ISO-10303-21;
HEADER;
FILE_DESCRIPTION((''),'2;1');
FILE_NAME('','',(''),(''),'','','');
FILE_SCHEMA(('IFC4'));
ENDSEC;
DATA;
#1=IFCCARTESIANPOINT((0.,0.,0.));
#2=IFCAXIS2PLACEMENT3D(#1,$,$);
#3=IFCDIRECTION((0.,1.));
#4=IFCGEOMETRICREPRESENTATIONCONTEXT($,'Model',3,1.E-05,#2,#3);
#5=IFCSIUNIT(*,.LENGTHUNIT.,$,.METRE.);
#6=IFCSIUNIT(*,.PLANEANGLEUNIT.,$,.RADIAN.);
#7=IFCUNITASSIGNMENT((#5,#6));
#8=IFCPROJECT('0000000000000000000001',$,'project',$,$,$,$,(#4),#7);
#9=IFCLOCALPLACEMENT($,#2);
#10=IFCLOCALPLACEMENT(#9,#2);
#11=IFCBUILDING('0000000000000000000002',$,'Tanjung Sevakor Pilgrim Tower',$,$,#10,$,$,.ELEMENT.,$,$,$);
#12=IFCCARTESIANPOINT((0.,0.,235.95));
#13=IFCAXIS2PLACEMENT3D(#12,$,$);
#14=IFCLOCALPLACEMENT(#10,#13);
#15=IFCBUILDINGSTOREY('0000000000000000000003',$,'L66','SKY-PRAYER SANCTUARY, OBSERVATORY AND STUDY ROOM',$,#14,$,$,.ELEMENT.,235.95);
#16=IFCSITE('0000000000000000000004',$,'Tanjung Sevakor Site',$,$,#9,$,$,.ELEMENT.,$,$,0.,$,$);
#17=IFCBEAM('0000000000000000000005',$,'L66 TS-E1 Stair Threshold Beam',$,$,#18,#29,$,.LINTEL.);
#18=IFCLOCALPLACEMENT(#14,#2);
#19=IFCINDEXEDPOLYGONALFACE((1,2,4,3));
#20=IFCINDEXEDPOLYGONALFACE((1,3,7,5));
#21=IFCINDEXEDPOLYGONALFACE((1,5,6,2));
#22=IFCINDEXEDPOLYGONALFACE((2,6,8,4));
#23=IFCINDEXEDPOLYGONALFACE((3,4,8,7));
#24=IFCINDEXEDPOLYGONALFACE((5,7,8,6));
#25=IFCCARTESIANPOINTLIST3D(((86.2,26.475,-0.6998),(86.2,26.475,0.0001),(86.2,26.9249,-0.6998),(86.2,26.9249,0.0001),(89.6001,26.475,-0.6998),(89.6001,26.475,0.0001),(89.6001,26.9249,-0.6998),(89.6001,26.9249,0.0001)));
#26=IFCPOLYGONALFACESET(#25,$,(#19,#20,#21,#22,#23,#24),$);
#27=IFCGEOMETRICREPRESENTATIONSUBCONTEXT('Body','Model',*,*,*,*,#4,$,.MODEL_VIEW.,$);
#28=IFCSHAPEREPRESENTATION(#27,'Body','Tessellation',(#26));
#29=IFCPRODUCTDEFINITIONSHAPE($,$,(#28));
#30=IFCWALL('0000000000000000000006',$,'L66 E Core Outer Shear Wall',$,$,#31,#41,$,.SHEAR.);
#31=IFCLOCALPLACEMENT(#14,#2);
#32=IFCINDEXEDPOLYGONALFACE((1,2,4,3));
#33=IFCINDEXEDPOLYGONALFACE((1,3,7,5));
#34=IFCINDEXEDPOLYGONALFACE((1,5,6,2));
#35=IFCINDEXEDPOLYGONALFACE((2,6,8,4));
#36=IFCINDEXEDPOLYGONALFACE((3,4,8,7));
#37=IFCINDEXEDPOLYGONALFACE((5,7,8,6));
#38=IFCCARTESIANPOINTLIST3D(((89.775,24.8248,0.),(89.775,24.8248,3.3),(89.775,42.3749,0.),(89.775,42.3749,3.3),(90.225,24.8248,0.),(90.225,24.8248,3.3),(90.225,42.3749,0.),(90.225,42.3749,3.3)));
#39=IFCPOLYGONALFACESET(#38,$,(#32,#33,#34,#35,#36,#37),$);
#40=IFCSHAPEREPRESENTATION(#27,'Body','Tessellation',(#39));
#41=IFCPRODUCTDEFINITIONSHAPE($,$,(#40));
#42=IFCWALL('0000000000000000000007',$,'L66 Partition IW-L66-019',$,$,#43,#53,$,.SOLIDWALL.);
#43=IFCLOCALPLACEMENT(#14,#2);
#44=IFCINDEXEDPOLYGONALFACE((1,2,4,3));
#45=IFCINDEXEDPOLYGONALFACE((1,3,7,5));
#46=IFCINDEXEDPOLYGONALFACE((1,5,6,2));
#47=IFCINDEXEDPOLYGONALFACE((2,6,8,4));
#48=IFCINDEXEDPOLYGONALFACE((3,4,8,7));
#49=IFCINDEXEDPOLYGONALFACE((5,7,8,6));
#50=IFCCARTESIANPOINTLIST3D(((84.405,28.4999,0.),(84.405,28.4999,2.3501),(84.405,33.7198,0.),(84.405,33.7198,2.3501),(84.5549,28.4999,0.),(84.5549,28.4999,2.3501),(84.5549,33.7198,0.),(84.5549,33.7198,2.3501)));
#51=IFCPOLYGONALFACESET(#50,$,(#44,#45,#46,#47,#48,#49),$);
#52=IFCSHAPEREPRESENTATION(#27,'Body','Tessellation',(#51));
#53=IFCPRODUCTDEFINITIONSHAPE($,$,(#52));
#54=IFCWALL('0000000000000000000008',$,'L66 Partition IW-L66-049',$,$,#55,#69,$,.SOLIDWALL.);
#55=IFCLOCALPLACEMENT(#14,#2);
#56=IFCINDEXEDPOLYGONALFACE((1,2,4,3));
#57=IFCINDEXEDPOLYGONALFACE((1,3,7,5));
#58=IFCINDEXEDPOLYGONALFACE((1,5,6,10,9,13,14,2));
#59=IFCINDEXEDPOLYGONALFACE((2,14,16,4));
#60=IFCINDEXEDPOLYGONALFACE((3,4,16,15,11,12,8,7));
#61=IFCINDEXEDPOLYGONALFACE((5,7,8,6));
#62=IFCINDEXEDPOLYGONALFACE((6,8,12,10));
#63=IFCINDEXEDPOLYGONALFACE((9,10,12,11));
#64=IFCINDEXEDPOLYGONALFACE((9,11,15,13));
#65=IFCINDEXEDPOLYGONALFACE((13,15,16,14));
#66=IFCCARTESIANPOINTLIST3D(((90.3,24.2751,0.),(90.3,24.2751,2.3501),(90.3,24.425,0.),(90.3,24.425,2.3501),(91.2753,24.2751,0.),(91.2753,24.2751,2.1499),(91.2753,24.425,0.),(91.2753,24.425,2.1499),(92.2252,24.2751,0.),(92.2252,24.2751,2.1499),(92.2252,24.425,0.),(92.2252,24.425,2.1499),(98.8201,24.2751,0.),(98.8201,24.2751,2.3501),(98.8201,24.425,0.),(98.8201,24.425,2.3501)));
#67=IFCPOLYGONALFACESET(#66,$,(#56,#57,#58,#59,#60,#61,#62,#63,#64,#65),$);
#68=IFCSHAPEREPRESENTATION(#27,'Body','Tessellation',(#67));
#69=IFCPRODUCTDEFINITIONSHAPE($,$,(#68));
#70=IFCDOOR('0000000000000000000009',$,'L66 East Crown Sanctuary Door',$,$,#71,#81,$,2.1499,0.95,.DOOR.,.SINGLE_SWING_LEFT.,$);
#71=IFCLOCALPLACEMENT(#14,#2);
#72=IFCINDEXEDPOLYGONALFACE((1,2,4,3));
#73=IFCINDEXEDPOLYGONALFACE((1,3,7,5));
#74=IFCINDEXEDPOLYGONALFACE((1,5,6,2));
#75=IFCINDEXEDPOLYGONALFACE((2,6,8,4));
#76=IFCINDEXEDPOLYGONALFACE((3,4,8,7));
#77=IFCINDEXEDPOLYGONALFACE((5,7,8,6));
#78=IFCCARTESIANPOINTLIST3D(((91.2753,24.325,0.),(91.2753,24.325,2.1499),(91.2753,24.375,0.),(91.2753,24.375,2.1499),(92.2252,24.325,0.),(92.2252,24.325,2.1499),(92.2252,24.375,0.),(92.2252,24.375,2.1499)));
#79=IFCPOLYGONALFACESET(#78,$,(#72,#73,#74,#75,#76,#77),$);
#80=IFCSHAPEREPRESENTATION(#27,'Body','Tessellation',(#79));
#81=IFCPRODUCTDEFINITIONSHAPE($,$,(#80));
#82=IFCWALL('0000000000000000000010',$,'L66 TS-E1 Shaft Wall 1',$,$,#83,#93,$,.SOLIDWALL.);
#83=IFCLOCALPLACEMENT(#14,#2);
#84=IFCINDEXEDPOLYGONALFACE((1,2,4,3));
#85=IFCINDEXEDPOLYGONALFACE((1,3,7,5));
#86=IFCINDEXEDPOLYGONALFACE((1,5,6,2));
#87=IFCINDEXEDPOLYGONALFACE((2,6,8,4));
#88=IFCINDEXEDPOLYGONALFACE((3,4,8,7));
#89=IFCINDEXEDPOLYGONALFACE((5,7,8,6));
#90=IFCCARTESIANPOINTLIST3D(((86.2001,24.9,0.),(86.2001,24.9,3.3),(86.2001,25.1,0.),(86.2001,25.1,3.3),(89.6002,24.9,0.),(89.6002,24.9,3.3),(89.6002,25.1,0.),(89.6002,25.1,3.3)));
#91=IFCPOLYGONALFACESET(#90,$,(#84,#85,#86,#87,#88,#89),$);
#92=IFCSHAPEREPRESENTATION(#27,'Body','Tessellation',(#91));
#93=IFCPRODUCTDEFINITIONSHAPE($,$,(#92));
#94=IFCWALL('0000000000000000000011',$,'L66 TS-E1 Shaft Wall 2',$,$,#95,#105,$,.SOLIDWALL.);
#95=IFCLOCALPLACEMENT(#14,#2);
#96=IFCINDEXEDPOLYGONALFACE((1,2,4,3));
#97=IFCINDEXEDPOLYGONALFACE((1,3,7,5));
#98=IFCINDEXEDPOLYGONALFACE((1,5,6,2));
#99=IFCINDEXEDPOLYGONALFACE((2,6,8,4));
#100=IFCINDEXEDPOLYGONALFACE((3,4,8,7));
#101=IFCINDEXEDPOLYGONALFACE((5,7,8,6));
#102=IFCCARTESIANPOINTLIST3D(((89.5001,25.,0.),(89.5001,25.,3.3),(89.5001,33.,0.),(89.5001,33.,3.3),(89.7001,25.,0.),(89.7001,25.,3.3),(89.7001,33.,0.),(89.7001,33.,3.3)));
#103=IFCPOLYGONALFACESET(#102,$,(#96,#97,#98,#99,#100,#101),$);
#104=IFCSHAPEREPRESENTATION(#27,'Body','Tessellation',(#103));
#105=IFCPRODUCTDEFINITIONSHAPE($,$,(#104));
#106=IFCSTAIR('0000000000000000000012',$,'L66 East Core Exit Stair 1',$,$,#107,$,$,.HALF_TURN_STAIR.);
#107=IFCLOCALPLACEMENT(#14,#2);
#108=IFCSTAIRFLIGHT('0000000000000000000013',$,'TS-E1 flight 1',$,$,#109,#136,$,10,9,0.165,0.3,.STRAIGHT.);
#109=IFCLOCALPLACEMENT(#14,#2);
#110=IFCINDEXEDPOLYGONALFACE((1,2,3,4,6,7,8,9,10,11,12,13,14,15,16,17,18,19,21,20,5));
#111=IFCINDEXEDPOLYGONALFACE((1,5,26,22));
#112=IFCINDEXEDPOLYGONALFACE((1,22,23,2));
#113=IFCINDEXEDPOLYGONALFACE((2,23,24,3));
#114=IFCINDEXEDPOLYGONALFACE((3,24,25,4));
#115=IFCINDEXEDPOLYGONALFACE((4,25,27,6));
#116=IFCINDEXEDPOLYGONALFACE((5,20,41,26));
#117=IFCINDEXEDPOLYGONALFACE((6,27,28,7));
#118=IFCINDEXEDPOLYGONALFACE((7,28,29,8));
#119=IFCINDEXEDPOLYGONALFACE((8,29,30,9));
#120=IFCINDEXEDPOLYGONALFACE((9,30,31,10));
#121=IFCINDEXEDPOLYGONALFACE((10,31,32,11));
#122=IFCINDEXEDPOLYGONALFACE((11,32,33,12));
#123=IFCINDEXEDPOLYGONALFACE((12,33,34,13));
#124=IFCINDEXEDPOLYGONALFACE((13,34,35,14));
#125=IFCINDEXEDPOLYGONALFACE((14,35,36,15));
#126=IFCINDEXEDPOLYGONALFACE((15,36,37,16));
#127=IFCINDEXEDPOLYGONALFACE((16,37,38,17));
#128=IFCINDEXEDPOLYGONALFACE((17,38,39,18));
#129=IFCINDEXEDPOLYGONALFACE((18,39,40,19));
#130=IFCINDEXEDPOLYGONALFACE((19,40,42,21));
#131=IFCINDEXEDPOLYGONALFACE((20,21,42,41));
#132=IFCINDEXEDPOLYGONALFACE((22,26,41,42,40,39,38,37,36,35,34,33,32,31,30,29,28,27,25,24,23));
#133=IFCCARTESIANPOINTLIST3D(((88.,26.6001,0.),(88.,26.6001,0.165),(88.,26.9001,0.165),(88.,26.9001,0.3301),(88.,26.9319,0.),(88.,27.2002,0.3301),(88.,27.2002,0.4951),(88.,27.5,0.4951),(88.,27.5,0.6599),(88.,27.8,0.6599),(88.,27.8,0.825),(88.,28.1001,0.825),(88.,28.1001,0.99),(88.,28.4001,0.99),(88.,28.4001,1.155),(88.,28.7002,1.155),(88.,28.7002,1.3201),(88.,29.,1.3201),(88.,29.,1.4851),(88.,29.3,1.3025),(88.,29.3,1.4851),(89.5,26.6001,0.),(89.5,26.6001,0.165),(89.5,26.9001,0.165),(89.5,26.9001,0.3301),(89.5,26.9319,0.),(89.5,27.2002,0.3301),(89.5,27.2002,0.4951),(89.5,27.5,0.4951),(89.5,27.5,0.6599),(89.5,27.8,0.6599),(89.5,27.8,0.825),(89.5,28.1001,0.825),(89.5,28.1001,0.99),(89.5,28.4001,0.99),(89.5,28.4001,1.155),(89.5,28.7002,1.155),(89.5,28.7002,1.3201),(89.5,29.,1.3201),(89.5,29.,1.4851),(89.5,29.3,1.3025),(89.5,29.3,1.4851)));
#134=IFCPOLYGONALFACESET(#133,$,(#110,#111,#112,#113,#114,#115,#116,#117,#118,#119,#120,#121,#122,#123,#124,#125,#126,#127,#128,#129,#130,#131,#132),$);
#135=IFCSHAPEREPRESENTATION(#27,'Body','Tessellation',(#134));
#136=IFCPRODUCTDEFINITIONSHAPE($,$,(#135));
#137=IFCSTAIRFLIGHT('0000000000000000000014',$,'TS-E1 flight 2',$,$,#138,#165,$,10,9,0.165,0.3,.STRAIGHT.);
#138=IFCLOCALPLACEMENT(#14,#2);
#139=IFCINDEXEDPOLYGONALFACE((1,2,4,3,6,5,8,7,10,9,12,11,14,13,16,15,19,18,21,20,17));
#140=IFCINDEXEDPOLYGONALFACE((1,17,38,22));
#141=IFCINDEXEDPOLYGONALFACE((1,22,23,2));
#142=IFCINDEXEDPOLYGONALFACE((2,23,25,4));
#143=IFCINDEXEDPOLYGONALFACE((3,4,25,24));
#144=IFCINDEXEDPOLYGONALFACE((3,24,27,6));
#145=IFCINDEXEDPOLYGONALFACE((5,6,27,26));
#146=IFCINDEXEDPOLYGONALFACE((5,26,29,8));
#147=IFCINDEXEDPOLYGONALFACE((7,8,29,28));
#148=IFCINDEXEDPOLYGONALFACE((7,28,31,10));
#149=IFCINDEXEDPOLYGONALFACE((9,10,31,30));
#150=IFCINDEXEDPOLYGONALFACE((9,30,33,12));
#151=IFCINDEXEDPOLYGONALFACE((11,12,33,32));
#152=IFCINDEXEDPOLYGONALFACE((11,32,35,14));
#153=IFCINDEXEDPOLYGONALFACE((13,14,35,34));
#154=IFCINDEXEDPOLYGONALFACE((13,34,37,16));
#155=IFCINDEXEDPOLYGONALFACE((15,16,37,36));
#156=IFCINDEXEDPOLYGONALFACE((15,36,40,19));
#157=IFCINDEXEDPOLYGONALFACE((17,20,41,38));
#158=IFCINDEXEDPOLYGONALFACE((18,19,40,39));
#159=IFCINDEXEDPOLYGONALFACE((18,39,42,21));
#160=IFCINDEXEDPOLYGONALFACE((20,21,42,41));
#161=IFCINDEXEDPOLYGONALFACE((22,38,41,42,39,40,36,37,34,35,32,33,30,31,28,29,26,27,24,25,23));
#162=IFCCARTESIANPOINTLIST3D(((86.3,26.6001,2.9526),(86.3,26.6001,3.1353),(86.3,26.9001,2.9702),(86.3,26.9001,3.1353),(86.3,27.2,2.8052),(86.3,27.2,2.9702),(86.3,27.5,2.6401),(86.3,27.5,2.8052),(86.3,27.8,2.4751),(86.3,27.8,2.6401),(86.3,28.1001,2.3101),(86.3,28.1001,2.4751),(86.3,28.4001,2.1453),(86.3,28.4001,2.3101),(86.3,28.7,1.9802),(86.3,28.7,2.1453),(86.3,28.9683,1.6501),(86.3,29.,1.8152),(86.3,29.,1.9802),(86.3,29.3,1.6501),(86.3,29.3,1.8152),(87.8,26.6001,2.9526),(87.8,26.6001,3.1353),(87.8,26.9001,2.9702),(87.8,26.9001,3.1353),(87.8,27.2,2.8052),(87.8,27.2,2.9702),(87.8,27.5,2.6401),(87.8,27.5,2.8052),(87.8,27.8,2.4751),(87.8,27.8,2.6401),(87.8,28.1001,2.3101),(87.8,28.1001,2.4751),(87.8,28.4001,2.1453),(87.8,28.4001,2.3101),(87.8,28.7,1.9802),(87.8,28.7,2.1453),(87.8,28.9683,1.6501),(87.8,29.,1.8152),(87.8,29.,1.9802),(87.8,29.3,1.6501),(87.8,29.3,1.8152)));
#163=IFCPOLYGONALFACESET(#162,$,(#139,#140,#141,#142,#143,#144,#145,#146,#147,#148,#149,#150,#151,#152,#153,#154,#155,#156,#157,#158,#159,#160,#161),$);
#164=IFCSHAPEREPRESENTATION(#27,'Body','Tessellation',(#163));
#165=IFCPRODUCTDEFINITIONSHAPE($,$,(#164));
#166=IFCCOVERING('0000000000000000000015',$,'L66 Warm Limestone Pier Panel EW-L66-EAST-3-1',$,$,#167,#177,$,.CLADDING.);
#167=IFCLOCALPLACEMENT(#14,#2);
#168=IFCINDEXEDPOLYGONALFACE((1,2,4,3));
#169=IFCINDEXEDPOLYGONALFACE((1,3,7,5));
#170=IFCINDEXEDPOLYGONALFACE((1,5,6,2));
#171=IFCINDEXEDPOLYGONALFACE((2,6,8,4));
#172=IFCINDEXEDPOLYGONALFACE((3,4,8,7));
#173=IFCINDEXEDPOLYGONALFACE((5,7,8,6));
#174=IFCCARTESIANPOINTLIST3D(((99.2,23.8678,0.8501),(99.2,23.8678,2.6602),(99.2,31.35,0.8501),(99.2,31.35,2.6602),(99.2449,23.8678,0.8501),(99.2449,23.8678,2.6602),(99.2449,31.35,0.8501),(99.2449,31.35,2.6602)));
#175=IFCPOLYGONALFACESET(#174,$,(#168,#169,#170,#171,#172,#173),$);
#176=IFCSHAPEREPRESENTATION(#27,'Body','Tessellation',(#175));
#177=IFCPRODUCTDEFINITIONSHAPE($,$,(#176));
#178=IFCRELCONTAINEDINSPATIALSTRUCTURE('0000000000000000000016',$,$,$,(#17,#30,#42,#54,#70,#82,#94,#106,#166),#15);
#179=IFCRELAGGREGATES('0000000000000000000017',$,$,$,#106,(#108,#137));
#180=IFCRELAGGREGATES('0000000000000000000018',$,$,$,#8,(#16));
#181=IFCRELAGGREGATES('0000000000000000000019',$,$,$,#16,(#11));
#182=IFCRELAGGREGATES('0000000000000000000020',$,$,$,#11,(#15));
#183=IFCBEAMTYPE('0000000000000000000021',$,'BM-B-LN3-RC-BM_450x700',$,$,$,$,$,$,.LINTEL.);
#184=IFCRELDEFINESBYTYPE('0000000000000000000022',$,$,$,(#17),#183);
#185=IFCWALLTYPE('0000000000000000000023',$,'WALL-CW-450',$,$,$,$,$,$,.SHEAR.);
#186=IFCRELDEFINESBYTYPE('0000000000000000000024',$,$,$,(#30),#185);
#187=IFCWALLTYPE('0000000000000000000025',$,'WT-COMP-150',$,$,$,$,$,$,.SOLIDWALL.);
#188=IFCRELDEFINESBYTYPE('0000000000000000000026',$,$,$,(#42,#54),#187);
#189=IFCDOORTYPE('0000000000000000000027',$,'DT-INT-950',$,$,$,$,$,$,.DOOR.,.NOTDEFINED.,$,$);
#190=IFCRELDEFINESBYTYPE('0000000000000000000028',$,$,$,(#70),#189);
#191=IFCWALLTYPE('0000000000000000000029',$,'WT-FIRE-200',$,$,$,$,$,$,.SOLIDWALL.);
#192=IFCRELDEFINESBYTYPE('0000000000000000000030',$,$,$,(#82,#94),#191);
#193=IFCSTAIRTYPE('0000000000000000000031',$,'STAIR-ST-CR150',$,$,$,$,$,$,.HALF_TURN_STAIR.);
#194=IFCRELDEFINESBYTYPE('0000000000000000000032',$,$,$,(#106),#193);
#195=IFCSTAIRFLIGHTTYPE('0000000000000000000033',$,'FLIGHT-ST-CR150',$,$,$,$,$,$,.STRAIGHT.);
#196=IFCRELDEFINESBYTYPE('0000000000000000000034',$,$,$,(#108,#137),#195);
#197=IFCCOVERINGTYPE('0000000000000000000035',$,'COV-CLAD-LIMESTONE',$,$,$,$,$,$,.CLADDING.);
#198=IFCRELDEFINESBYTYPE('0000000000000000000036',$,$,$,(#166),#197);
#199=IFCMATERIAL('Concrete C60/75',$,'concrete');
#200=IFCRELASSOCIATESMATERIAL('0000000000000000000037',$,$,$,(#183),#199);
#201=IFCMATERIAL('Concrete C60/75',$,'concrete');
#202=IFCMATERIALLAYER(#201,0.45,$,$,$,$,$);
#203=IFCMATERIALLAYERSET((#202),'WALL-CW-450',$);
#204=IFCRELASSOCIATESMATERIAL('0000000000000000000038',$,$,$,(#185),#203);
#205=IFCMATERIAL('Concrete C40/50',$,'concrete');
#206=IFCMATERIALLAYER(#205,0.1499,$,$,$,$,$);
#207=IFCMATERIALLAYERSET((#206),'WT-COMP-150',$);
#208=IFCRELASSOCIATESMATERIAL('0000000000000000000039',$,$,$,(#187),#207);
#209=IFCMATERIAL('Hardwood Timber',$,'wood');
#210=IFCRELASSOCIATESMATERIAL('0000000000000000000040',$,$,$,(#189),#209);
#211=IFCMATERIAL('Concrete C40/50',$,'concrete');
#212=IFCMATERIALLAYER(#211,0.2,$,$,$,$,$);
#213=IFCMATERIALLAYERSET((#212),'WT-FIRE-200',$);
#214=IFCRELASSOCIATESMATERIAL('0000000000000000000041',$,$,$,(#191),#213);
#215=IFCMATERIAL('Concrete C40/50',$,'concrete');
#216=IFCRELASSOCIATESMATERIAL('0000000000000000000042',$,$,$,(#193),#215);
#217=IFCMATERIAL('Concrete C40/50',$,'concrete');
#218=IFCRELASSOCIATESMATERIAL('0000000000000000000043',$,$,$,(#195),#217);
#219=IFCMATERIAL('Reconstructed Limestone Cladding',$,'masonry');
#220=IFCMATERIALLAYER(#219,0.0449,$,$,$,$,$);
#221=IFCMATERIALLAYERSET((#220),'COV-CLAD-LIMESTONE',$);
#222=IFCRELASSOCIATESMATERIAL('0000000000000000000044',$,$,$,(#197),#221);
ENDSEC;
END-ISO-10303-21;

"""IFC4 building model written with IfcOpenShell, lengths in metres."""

from ifc_helpers import new_model, si_unit, direction, frame, frame_2d, origin, origin_2d, place, context, subcontext, project, spatial, polyline, rectangle, outline, extrude, material, layer, layer_set, material_profile, profile_set, type_object, element, fill, aggregate, save


model = new_model("IFC4")

# Units and contexts
model_context = context("Model", 3, precision=1e-05, world=origin(), true_north=direction((0.0, 1.0)))
body_context = subcontext(model_context, "Body", "Model", "MODEL_VIEW")
ifc_project = project(units=[si_unit("LENGTHUNIT", "METRE"), si_unit("PLANEANGLEUNIT", "RADIAN")], contexts=[model_context])

# Site, building, storey
site_placement = place(None, origin())
site = spatial("IfcSite", under=ifc_project, at=site_placement, Name="Tanjung Sevakor Site", CompositionType="ELEMENT", RefElevation=0.0)
building_placement = place(site_placement, origin())
building = spatial("IfcBuilding", under=site, at=building_placement, Name="Tanjung Sevakor Pilgrim Tower", CompositionType="ELEMENT")
storey_placement = place(building_placement, frame((0.0, 0.0, 235.95)))
storey = spatial("IfcBuildingStorey", under=building, at=storey_placement, Name="L66", Description="SKY-PRAYER SANCTUARY, OBSERVATORY AND STUDY ROOM", CompositionType="ELEMENT", Elevation=235.95)

# Beam
ifc_material_1 = material(Name="Concrete C60/75", Category="concrete")
ifc_material_profile = material_profile(ifc_material_1, rectangle(XDim=0.45, YDim=0.7, at=origin_2d()))
ifc_profile_set = profile_set([ifc_material_profile], Name="Concrete C60/75")
beam_type = type_object("IfcBeamType", Name="BM-B-LN3-RC-BM_450x700", PredefinedType="LINTEL", material=ifc_profile_set)
beam_placement = place(storey_placement, frame((86.2, 26.7, -0.3499), z_axis=(1.0, 0.0, 0.0), x_axis=(0.0, 1.0, 0.0)))
element("IfcBeam", 1, at=beam_placement, inside=storey, type_object=beam_type, Name="L66 TS-E1 Stair Threshold Beam", PredefinedType="LINTEL", context=body_context, shape_type="SweptSolid", body=[
    extrude(rectangle(XDim=0.45, YDim=0.7, at=origin_2d()), origin(), (0.0, 0.0, 1.0), 3.4001),
])

# Wall
ifc_material_2 = material(Name="Concrete C60/75", Category="concrete")
ifc_layer_1 = layer(ifc_material_2, 0.45)
ifc_layer_set_1 = layer_set([ifc_layer_1], Name="WALL-CW-450")
wall_type_1 = type_object("IfcWallType", Name="WALL-CW-450", PredefinedType="SHEAR", material=ifc_layer_set_1)
wall_1_placement = place(storey_placement, frame((90.0, 24.825, 0.0), z_axis=(0.0, 0.0, 1.0), x_axis=(0.0, 1.0, 0.0)))
element("IfcWall", 2, at=wall_1_placement, inside=storey, type_object=wall_type_1, Name="L66 E Core Outer Shear Wall", PredefinedType="SHEAR", context=body_context, shape_type="SweptSolid", body=[
    extrude(rectangle(XDim=17.55, YDim=0.45, at=frame_2d((8.7749, 0.0))), origin(), (0.0, 0.0, 1.0), 3.3),
])

# Wall
ifc_material_3 = material(Name="Concrete C40/50", Category="concrete")
ifc_layer_2 = layer(ifc_material_3, 0.1499)
ifc_layer_set_2 = layer_set([ifc_layer_2], Name="WT-COMP-150")
wall_type_2 = type_object("IfcWallType", Name="WT-COMP-150", PredefinedType="SOLIDWALL", material=ifc_layer_set_2)
wall_2_placement = place(storey_placement, frame((84.48, 28.5, 0.0), z_axis=(0.0, 0.0, 1.0), x_axis=(0.0, 1.0, 0.0)))
element("IfcWall", 3, at=wall_2_placement, inside=storey, type_object=wall_type_2, Name="L66 Partition IW-L66-019", PredefinedType="SOLIDWALL", context=body_context, shape_type="SweptSolid", body=[
    extrude(rectangle(XDim=5.22, YDim=0.1499, at=frame_2d((2.6099, 0.0))), origin(), (0.0, 0.0, 1.0), 2.3501),
])

# Wall, opening, door
wall_3_placement = place(storey_placement, frame((90.3, 24.3501, 0.0), z_axis=(0.0, 0.0, 1.0), x_axis=(1.0, 0.0, 0.0)))
wall_3 = element("IfcWall", 4, at=wall_3_placement, inside=storey, type_object=wall_type_2, Name="L66 Partition IW-L66-049", PredefinedType="SOLIDWALL", context=body_context, shape_type="SweptSolid", body=[
    extrude(rectangle(XDim=8.52, YDim=0.1499, at=frame_2d((4.26, 0.0))), origin(), (0.0, 0.0, 1.0), 2.3501),
])
opening_1_placement = place(wall_3_placement, frame((0.9751, 0.0, 0.0)))
opening_1 = element("IfcOpeningElement", 5, at=opening_1_placement, cuts=wall_3, PredefinedType="OPENING", context=body_context, shape_type="SweptSolid", body=[
    extrude(rectangle(XDim=0.95, YDim=2.1499, at=frame_2d((0.4751, 1.075))), frame((0.0, 0.085, 0.0), z_axis=(0.0, -1.0, 0.0), x_axis=(1.0, 0.0, 0.0)), (0.0, 0.0, 1.0), 0.1699),
])
ifc_material_4 = material(Name="Hardwood Timber", Category="wood")
door_type_1 = type_object("IfcDoorType", Name="DT-INT-950", OperationType="NOTDEFINED", PredefinedType="DOOR", material=ifc_material_4)
door_1_placement = place(opening_1_placement, origin())
door_1 = element("IfcDoor", 6, at=door_1_placement, inside=storey, type_object=door_type_1, Name="L66 East Crown Sanctuary Door", OperationType="SINGLE_SWING_LEFT", OverallHeight=2.1499, OverallWidth=0.95, PredefinedType="DOOR", context=body_context, shape_type="SweptSolid", body=[
    extrude(rectangle(XDim=0.95, YDim=2.1499, at=frame_2d((0.4751, 1.075))), frame((0.0, 0.0249, 0.0), z_axis=(0.0, -1.0, 0.0), x_axis=(1.0, 0.0, 0.0)), (0.0, 0.0, 1.0), 0.05),
])
fill(opening_1, door_1)

# Walls
ifc_material_5 = material(Name="Concrete C40/50", Category="concrete")
ifc_layer_3 = layer(ifc_material_5, 0.2)
ifc_layer_set_3 = layer_set([ifc_layer_3], Name="WT-FIRE-200")
wall_type_3 = type_object("IfcWallType", Name="WT-FIRE-200", PredefinedType="SOLIDWALL", material=ifc_layer_set_3)
wall_4_placement = place(storey_placement, frame((86.2, 25.0, 0.0), z_axis=(0.0, 0.0, 1.0), x_axis=(1.0, 0.0, 0.0)))
element("IfcWall", 7, at=wall_4_placement, inside=storey, type_object=wall_type_3, Name="L66 TS-E1 Shaft Wall 1", PredefinedType="SOLIDWALL", context=body_context, shape_type="SweptSolid", body=[
    extrude(rectangle(XDim=3.4001, YDim=0.2, at=frame_2d((1.7002, 0.0))), origin(), (0.0, 0.0, 1.0), 3.3),
])
wall_5_placement = place(storey_placement, frame((89.6001, 25.0, 0.0), z_axis=(0.0, 0.0, 1.0), x_axis=(0.0, 1.0, 0.0)))
element("IfcWall", 8, at=wall_5_placement, inside=storey, type_object=wall_type_3, Name="L66 TS-E1 Shaft Wall 2", PredefinedType="SOLIDWALL", context=body_context, shape_type="SweptSolid", body=[
    extrude(rectangle(XDim=8.0, YDim=0.2, at=frame_2d((4.0, 0.0))), origin(), (0.0, 0.0, 1.0), 3.3),
])

# Stair, stair flights
ifc_material_6 = material(Name="Concrete C40/50", Category="concrete")
stair_type = type_object("IfcStairType", Name="STAIR-ST-CR150", PredefinedType="HALF_TURN_STAIR", material=ifc_material_6)
stair_placement = place(storey_placement, origin())
stair = element("IfcStair", 9, at=stair_placement, inside=storey, type_object=stair_type, Name="L66 East Core Exit Stair 1", PredefinedType="HALF_TURN_STAIR")
ifc_material_7 = material(Name="Concrete C40/50", Category="concrete")
stair_flight_type = type_object("IfcStairFlightType", Name="FLIGHT-ST-CR150", PredefinedType="STRAIGHT", material=ifc_material_7)
stair_flight_1_placement = place(storey_placement, frame((88.75, 26.6001, 0.0), z_axis=(0.0, 0.0, 1.0), x_axis=(0.0, 1.0, 0.0)))
stair_flight_1 = element("IfcStairFlight", 10, at=stair_flight_1_placement, type_object=stair_flight_type, Name="TS-E1 flight 1", NumberOfRisers=10, NumberOfTreads=9, PredefinedType="STRAIGHT", RiserHeight=0.165, TreadLength=0.3, context=body_context, shape_type="SweptSolid", body=[
    extrude(outline(polyline([(0.0, 0.0), (0.0, 0.165), (0.3, 0.165), (0.3, 0.3301), (0.6001, 0.3301), (0.6001, 0.4951), (0.8999, 0.4951), (0.8999, 0.6599), (1.2, 0.6599), (1.2, 0.825), (1.5, 0.825), (1.5, 0.99), (1.8, 0.99), (1.8, 1.155), (2.1001, 1.155), (2.1001, 1.3201), (2.3999, 1.3201), (2.3999, 1.4851), (2.7, 1.4851), (2.7, 1.6499), (2.7, 1.3025), (0.3318, 0.0), (0.0, 0.0)])), frame((0.0, 0.75, 0.0), z_axis=(0.0, -1.0, 0.0), x_axis=(1.0, 0.0, 0.0)), (0.0, 0.0, 1.0), 1.5),
])
stair_flight_2_placement = place(storey_placement, frame((87.05, 29.3, 1.6501), z_axis=(0.0, 0.0, 1.0), x_axis=(0.0, -1.0, 0.0)))
stair_flight_2 = element("IfcStairFlight", 11, at=stair_flight_2_placement, type_object=stair_flight_type, Name="TS-E1 flight 2", NumberOfRisers=10, NumberOfTreads=9, PredefinedType="STRAIGHT", RiserHeight=0.165, TreadLength=0.3, context=body_context, shape_type="SweptSolid", body=[
    extrude(outline(polyline([(0.0, 0.0), (0.0, 0.165), (0.3, 0.165), (0.3, 0.3301), (0.6001, 0.3301), (0.6001, 0.4951), (0.8999, 0.4951), (0.8999, 0.6599), (1.2, 0.6599), (1.2, 0.825), (1.5, 0.825), (1.5, 0.99), (1.8, 0.99), (1.8, 1.155), (2.1001, 1.155), (2.1001, 1.3201), (2.3999, 1.3201), (2.3999, 1.4851), (2.7, 1.4851), (2.7, 1.6499), (2.7, 1.3025), (0.3318, 0.0), (0.0, 0.0)])), frame((0.0, 0.75, 0.0), z_axis=(0.0, -1.0, 0.0), x_axis=(1.0, 0.0, 0.0)), (0.0, 0.0, 1.0), 1.5),
])
aggregate(stair, [stair_flight_1, stair_flight_2])

# Covering
ifc_material_8 = material(Name="Reconstructed Limestone Cladding", Category="masonry")
ifc_layer_4 = layer(ifc_material_8, 0.0449)
ifc_layer_set_4 = layer_set([ifc_layer_4], Name="COV-CLAD-LIMESTONE")
covering_type = type_object("IfcCoveringType", Name="COV-CLAD-LIMESTONE", PredefinedType="CLADDING", material=ifc_layer_set_4)
covering_placement = place(storey_placement, frame((99.2224, 27.6089, 0.8501), z_axis=(0.0, 0.0, 1.0), x_axis=(0.0, 1.0, 0.0)))
element("IfcCovering", 12, at=covering_placement, inside=storey, type_object=covering_type, Name="L66 Warm Limestone Pier Panel EW-L66-EAST-3-1", PredefinedType="CLADDING", context=body_context, shape_type="SweptSolid", body=[
    extrude(rectangle(XDim=7.4822, YDim=0.0449, at=origin_2d()), origin(), (0.0, 0.0, 1.0), 1.8101),
])

save(model, "model.ifc")
